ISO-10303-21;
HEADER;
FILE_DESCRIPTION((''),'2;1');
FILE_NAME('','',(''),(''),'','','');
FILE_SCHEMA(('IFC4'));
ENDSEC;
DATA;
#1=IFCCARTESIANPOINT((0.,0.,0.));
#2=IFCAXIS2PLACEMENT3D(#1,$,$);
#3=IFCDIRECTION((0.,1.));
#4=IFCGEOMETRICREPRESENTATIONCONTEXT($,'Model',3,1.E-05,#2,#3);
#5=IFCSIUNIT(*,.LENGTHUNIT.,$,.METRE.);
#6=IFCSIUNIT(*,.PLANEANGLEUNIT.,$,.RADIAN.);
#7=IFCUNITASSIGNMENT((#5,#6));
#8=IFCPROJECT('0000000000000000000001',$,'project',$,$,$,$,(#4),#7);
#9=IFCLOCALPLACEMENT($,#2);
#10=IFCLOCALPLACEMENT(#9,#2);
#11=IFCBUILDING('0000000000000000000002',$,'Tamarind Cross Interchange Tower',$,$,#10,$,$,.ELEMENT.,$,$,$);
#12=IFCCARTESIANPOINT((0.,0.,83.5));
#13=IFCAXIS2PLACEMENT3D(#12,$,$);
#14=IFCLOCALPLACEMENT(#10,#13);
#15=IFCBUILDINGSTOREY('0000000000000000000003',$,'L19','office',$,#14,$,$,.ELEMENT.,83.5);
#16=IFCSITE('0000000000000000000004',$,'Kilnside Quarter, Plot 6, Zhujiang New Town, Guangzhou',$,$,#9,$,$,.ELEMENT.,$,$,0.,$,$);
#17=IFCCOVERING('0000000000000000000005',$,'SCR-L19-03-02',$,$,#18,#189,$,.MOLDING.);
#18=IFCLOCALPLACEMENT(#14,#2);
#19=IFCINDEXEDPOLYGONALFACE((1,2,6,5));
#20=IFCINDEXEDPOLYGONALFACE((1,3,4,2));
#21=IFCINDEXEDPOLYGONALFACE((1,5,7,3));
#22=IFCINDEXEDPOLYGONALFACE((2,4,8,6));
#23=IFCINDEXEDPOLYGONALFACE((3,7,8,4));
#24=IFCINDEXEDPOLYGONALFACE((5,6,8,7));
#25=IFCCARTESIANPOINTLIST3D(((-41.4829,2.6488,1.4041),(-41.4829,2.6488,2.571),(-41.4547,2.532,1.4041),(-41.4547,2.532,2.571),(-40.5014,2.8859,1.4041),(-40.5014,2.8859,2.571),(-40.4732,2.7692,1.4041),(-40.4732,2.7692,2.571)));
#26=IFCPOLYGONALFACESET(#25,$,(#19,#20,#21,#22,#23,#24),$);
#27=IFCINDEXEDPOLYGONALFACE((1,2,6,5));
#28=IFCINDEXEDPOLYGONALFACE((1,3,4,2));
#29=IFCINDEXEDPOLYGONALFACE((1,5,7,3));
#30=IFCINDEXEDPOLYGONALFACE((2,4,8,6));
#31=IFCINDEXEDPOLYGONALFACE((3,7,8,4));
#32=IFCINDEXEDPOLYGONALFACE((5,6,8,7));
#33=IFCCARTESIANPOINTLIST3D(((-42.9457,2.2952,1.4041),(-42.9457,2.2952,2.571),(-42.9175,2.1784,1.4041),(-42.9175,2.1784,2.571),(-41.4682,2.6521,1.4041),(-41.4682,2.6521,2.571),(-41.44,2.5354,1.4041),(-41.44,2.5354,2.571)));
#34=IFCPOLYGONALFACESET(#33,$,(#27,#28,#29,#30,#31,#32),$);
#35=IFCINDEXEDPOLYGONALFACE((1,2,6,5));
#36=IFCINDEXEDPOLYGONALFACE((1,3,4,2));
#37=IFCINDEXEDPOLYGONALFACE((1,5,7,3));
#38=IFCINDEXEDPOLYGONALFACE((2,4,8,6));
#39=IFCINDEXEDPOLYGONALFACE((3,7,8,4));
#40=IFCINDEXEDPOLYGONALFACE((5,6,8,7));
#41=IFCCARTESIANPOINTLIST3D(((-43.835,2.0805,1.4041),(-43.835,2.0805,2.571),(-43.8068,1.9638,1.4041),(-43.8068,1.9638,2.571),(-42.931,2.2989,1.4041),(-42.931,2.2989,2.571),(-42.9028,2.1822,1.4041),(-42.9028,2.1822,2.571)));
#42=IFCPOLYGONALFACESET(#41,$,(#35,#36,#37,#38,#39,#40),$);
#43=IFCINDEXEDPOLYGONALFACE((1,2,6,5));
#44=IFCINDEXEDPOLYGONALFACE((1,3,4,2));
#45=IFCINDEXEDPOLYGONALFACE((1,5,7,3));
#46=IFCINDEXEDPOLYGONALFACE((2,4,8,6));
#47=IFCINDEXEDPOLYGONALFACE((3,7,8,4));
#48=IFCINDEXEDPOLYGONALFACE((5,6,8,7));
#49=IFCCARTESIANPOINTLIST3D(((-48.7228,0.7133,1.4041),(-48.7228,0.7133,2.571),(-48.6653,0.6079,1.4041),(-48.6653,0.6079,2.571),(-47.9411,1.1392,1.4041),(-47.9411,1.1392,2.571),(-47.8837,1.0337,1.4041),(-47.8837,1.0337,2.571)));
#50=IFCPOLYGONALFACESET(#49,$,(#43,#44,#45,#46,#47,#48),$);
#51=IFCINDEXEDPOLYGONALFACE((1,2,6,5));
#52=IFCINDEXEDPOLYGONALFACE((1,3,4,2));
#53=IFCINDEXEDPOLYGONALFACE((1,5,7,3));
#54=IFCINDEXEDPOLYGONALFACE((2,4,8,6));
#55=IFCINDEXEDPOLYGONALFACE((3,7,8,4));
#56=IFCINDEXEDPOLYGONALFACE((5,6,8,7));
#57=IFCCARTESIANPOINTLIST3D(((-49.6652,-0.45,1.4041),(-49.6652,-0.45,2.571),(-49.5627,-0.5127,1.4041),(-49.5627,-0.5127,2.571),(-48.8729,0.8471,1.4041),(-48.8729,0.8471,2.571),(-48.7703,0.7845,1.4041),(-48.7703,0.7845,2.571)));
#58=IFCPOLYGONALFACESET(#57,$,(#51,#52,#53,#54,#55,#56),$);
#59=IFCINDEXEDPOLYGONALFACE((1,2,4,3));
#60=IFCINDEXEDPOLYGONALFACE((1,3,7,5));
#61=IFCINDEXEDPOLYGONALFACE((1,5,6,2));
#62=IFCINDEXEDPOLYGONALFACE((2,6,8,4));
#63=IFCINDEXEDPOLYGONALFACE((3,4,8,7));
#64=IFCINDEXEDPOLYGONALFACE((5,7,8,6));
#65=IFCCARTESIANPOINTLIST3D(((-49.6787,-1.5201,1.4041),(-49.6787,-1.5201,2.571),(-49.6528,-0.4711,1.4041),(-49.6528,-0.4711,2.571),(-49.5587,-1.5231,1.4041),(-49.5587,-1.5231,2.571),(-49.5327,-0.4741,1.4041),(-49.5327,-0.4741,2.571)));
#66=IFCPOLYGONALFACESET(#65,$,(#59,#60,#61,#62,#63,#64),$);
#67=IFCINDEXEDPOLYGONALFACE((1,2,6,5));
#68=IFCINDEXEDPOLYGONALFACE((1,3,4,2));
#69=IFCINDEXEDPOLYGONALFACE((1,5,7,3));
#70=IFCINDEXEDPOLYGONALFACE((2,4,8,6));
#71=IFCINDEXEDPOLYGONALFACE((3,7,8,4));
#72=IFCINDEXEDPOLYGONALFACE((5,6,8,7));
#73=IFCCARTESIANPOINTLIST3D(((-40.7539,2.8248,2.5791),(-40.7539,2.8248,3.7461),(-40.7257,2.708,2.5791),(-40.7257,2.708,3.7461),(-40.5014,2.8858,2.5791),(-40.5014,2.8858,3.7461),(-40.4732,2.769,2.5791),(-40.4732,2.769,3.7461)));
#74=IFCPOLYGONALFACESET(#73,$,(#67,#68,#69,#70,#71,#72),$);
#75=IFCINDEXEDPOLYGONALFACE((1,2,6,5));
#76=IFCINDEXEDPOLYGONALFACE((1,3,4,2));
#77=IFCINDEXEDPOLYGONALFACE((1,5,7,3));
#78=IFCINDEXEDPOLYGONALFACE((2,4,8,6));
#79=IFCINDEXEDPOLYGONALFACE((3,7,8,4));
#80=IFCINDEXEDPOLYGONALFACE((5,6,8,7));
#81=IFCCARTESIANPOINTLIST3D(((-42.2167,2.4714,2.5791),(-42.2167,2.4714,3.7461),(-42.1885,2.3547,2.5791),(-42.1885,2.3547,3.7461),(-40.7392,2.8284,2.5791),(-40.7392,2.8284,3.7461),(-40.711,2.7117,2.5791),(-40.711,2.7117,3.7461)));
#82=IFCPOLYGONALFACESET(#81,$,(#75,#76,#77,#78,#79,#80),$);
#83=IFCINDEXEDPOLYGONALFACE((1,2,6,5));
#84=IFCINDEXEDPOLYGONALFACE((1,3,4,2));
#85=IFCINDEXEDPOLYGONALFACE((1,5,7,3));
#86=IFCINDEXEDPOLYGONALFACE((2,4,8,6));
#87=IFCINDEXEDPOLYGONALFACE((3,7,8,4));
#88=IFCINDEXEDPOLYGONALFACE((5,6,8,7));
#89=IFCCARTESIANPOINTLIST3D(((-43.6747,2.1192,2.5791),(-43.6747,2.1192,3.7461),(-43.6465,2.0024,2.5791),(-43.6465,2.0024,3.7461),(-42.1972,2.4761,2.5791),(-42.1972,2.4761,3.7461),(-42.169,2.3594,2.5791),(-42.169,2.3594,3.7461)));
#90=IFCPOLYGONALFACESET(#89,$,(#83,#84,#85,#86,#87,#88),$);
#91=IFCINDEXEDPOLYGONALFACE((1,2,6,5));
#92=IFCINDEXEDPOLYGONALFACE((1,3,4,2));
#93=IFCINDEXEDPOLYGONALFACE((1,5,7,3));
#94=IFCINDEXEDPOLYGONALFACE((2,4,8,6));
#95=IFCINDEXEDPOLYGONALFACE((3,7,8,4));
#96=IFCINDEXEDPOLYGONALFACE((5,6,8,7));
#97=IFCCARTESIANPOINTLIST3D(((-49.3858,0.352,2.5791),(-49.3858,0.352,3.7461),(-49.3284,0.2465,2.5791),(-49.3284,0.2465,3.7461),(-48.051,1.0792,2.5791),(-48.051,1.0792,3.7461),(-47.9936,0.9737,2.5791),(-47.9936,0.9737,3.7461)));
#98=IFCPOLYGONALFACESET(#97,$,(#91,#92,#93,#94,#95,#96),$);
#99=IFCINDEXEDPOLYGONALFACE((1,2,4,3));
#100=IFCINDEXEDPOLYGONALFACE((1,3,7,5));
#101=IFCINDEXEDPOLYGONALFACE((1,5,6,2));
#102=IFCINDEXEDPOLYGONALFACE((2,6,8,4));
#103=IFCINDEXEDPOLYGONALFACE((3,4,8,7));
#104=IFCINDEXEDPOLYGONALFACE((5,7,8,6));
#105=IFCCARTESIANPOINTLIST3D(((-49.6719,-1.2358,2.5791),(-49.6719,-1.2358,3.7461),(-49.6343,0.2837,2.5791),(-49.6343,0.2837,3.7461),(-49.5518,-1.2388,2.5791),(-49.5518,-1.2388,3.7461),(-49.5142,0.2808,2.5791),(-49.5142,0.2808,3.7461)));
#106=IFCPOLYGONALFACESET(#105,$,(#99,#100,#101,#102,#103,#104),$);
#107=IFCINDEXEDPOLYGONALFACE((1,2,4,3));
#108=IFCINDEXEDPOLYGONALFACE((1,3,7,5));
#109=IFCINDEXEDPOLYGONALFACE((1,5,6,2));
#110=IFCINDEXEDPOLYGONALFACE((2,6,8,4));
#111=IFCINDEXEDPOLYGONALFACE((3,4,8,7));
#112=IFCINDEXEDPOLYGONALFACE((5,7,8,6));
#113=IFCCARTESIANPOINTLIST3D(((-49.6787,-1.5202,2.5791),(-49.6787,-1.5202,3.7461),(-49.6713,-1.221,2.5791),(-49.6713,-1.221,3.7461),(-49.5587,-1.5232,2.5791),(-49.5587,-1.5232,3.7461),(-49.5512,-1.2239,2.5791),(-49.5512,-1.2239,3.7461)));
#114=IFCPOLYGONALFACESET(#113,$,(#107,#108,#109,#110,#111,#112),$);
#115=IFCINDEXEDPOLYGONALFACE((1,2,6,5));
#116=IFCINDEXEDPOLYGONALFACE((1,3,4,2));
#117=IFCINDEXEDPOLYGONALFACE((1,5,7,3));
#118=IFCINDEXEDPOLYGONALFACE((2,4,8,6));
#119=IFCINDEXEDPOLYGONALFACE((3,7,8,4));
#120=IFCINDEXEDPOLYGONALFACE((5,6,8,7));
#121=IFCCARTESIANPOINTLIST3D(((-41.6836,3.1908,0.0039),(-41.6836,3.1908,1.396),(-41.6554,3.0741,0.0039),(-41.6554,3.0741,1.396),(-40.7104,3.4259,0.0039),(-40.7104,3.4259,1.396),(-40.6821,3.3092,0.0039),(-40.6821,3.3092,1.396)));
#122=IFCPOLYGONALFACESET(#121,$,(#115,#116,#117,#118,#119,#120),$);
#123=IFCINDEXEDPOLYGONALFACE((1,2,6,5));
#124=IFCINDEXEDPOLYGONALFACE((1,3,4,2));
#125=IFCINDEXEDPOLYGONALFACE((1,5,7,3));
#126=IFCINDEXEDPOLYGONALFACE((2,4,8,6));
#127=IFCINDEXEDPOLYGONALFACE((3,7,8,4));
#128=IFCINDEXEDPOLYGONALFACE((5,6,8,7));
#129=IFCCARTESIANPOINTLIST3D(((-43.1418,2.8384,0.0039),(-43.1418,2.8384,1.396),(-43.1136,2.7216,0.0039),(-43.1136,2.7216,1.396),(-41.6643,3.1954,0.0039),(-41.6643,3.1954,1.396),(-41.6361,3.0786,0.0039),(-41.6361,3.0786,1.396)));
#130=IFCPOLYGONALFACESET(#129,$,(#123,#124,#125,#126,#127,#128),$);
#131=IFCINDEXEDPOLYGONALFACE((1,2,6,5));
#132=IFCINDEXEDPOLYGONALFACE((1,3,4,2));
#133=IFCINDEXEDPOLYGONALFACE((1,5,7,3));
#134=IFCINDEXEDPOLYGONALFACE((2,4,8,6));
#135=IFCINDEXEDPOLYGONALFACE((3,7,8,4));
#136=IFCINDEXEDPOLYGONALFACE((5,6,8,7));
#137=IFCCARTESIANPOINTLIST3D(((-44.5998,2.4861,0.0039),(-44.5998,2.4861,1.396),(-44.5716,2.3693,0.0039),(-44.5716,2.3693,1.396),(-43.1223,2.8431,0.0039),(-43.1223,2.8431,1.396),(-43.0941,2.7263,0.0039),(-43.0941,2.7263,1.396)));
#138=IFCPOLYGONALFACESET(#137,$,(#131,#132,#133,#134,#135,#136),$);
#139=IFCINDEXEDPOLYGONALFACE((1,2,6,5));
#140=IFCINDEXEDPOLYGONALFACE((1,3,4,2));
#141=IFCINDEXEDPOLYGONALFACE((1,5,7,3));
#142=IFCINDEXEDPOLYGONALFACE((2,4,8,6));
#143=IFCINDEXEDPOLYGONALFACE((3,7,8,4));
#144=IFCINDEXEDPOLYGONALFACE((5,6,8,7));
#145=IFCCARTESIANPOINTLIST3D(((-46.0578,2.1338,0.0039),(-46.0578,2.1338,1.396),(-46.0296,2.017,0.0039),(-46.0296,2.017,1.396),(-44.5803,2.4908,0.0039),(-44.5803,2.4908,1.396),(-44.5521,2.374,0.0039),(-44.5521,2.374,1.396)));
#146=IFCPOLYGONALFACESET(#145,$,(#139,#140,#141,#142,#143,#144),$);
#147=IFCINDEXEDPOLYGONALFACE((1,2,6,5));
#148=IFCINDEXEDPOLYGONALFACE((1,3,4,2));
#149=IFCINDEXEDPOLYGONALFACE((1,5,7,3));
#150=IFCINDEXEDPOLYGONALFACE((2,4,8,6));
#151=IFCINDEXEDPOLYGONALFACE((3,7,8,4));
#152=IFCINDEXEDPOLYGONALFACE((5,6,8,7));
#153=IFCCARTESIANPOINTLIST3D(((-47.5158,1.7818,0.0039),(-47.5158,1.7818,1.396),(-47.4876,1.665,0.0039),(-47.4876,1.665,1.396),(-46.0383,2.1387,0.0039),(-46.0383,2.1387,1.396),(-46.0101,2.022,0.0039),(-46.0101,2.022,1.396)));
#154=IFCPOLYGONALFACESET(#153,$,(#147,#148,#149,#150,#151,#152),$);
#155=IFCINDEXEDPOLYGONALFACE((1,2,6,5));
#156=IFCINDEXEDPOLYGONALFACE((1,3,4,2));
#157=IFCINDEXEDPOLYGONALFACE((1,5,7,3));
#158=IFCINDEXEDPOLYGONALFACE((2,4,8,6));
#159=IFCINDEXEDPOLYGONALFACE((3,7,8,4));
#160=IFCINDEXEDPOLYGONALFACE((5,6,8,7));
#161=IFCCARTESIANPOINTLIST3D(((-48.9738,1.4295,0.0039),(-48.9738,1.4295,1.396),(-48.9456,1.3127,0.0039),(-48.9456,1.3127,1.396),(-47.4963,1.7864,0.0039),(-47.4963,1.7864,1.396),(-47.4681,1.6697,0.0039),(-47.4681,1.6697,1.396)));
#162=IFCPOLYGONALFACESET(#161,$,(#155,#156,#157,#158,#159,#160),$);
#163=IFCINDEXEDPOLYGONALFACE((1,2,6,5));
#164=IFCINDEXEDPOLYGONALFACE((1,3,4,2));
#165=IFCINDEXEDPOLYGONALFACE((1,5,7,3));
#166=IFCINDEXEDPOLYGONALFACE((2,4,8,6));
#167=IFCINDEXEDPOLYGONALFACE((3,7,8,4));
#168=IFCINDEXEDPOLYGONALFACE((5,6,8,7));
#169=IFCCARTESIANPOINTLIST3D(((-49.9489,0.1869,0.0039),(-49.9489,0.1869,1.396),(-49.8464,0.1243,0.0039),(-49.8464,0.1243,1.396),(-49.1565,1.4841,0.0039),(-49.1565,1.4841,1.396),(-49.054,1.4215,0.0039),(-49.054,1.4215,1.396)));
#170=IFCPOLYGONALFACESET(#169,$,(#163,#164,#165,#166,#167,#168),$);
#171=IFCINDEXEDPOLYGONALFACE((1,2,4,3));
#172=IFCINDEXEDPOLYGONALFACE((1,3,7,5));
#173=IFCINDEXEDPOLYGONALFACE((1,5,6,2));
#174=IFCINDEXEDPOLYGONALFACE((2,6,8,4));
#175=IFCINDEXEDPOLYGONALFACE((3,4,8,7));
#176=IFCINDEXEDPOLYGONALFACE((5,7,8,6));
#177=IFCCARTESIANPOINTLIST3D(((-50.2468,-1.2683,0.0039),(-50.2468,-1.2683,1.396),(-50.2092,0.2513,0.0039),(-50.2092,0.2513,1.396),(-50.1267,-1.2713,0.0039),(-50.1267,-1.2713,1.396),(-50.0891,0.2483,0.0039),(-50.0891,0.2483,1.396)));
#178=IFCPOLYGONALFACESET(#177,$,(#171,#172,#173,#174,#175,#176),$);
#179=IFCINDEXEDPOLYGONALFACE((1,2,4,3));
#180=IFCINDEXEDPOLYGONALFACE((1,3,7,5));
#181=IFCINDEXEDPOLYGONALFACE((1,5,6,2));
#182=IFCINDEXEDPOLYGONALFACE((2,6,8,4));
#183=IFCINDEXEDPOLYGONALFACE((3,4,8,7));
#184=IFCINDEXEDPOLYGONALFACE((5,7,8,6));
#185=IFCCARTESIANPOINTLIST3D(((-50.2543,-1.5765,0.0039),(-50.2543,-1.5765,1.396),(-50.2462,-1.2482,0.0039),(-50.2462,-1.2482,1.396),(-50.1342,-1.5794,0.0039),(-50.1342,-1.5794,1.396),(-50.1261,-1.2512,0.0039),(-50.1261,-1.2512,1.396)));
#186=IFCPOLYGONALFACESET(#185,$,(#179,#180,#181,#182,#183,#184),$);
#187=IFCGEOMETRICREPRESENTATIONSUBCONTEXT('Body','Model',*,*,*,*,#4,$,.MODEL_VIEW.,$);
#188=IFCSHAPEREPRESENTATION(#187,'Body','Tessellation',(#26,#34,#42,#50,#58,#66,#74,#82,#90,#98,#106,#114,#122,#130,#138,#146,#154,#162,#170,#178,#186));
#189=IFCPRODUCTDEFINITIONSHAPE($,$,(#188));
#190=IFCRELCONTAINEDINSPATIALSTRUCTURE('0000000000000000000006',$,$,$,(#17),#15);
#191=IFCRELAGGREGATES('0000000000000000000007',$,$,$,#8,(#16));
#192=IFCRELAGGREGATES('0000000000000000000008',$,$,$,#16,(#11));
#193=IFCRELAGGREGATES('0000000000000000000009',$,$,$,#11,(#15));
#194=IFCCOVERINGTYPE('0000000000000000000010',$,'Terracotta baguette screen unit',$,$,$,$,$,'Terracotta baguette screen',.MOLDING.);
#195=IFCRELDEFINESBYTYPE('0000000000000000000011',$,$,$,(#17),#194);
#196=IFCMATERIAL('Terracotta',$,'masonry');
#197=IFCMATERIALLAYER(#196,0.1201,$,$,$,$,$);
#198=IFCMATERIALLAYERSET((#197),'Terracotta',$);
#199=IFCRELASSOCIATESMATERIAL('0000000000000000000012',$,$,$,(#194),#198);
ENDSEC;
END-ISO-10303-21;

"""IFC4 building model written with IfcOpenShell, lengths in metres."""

from ifc_helpers import new_model, si_unit, direction, frame, origin, origin_2d, place, context, subcontext, project, spatial, rectangle, extrude, material, layer, layer_set, type_object, element, save


model = new_model("IFC4")

# Units and contexts
model_context = context("Model", 3, precision=1e-05, world=origin(), true_north=direction((0.0, 1.0)))
body_context = subcontext(model_context, "Body", "Model", "MODEL_VIEW")
ifc_project = project(units=[si_unit("LENGTHUNIT", "METRE"), si_unit("PLANEANGLEUNIT", "RADIAN")], contexts=[model_context])

# Site, building, storey
site_placement = place(None, origin())
site = spatial("IfcSite", under=ifc_project, at=site_placement, Name="Kilnside Quarter, Plot 6, Zhujiang New Town, Guangzhou", CompositionType="ELEMENT", RefElevation=0.0)
building_placement = place(site_placement, origin())
building = spatial("IfcBuilding", under=site, at=building_placement, Name="Tamarind Cross Interchange Tower", CompositionType="ELEMENT")
storey_placement = place(building_placement, frame((0.0, 0.0, 83.5)))
storey = spatial("IfcBuildingStorey", under=building, at=storey_placement, Name="L19", Description="office", CompositionType="ELEMENT", Elevation=83.5)

# Covering
ifc_material_1 = material(Name="Terracotta", Category="masonry")
ifc_layer_1 = layer(ifc_material_1, 0.1201)
ifc_layer_set_1 = layer_set([ifc_layer_1], Name="Terracotta")
covering_type = type_object("IfcCoveringType", Name="Terracotta baguette screen unit", ElementType="Terracotta baguette screen", PredefinedType="MOLDING", material=ifc_layer_set_1)
covering_1_placement = place(storey_placement, origin())
element("IfcCovering", 1, at=covering_1_placement, inside=storey, type_object=covering_type, Name="SCR-L19-03-02", PredefinedType="MOLDING", context=body_context, shape_type="SweptSolid", body=[
    extrude(rectangle(XDim=1.0098, YDim=0.1201, at=origin_2d()), frame((-40.978, 2.709, 1.4041), z_axis=(0.0, 0.0, 1.0), x_axis=(-0.972033, -0.234844, 0.0)), (0.0, 0.0, 1.0), 1.167),
    extrude(rectangle(XDim=1.52, YDim=0.1201, at=origin_2d()), frame((-42.1929, 2.4153, 1.4041), z_axis=(0.0, 0.0, 1.0), x_axis=(-0.972033, -0.234844, 0.0)), (0.0, 0.0, 1.0), 1.167),
    extrude(rectangle(XDim=0.9299, YDim=0.1201, at=origin_2d()), frame((-43.3689, 2.1313, 1.4041), z_axis=(0.0, 0.0, 1.0), x_axis=(-0.972033, -0.234844, 0.0)), (0.0, 0.0, 1.0), 1.167),
    extrude(rectangle(XDim=0.8901, YDim=0.1201, at=origin_2d()), frame((-48.3032, 0.8735, 1.4041), z_axis=(0.0, 0.0, 1.0), x_axis=(-0.87813, -0.478422, 0.0)), (0.0, 0.0, 1.0), 1.167),
    extrude(rectangle(XDim=1.52, YDim=0.1201, at=origin_2d()), frame((-49.2178, 0.1672, 1.4041), z_axis=(0.0, 0.0, 1.0), x_axis=(-0.521272, -0.853391, 0.0)), (0.0, 0.0, 1.0), 1.167),
    extrude(rectangle(XDim=1.0493, YDim=0.1201, at=origin_2d()), frame((-49.6057, -0.9971, 1.4041), z_axis=(0.0, 0.0, 1.0), x_axis=(-0.024739, -0.999694, 0.0)), (0.0, 0.0, 1.0), 1.167),
    extrude(rectangle(XDim=0.2598, YDim=0.1201, at=origin_2d()), frame((-40.6135, 2.7969, 2.5791), z_axis=(0.0, 0.0, 1.0), x_axis=(-0.972033, -0.234844, 0.0)), (0.0, 0.0, 1.0), 1.167),
    extrude(rectangle(XDim=1.52, YDim=0.1201, at=origin_2d()), frame((-41.4639, 2.5916, 2.5791), z_axis=(0.0, 0.0, 1.0), x_axis=(-0.972033, -0.234844, 0.0)), (0.0, 0.0, 1.0), 1.167),
    extrude(rectangle(XDim=1.52, YDim=0.1201, at=origin_2d()), frame((-42.9219, 2.2393, 2.5791), z_axis=(0.0, 0.0, 1.0), x_axis=(-0.972033, -0.234844, 0.0)), (0.0, 0.0, 1.0), 1.167),
    extrude(rectangle(XDim=1.52, YDim=0.1201, at=origin_2d()), frame((-48.6897, 0.6628, 2.5791), z_axis=(0.0, 0.0, 1.0), x_axis=(-0.87813, -0.478422, 0.0)), (0.0, 0.0, 1.0), 1.167),
    extrude(rectangle(XDim=1.52, YDim=0.1201, at=origin_2d()), frame((-49.593, -0.4775, 2.5791), z_axis=(0.0, 0.0, 1.0), x_axis=(-0.024739, -0.999694, 0.0)), (0.0, 0.0, 1.0), 1.167),
    extrude(rectangle(XDim=0.2993, YDim=0.1201, at=origin_2d()), frame((-49.615, -1.3721, 2.5791), z_axis=(0.0, 0.0, 1.0), x_axis=(-0.024739, -0.999694, 0.0)), (0.0, 0.0, 1.0), 1.167),
    extrude(rectangle(XDim=1.0012, YDim=0.1201, at=origin_2d()), frame((-41.1829, 3.25, 0.0039), z_axis=(0.0, 0.0, 1.0), x_axis=(-0.972033, -0.234844, 0.0)), (0.0, 0.0, 1.0), 1.3921),
    extrude(rectangle(XDim=1.52, YDim=0.1201, at=origin_2d()), frame((-42.3889, 2.9585, 0.0039), z_axis=(0.0, 0.0, 1.0), x_axis=(-0.972033, -0.234844, 0.0)), (0.0, 0.0, 1.0), 1.3921),
    extrude(rectangle(XDim=1.52, YDim=0.1201, at=origin_2d()), frame((-43.8469, 2.6062, 0.0039), z_axis=(0.0, 0.0, 1.0), x_axis=(-0.972033, -0.234844, 0.0)), (0.0, 0.0, 1.0), 1.3921),
    extrude(rectangle(XDim=1.52, YDim=0.1201, at=origin_2d()), frame((-45.3049, 2.2539, 0.0039), z_axis=(0.0, 0.0, 1.0), x_axis=(-0.972033, -0.234844, 0.0)), (0.0, 0.0, 1.0), 1.3921),
    extrude(rectangle(XDim=1.52, YDim=0.1201, at=origin_2d()), frame((-46.7629, 1.9019, 0.0039), z_axis=(0.0, 0.0, 1.0), x_axis=(-0.972033, -0.234844, 0.0)), (0.0, 0.0, 1.0), 1.3921),
    extrude(rectangle(XDim=1.52, YDim=0.1201, at=origin_2d()), frame((-48.2209, 1.5496, 0.0039), z_axis=(0.0, 0.0, 1.0), x_axis=(-0.972033, -0.234844, 0.0)), (0.0, 0.0, 1.0), 1.3921),
    extrude(rectangle(XDim=1.52, YDim=0.1201, at=origin_2d()), frame((-49.5015, 0.8042, 0.0039), z_axis=(0.0, 0.0, 1.0), x_axis=(-0.521272, -0.853391, 0.0)), (0.0, 0.0, 1.0), 1.3921),
    extrude(rectangle(XDim=1.52, YDim=0.1201, at=origin_2d()), frame((-50.168, -0.51, 0.0039), z_axis=(0.0, 0.0, 1.0), x_axis=(-0.024739, -0.999694, 0.0)), (0.0, 0.0, 1.0), 1.3921),
    extrude(rectangle(XDim=0.3284, YDim=0.1201, at=origin_2d()), frame((-50.1902, -1.4138, 0.0039), z_axis=(0.0, 0.0, 1.0), x_axis=(-0.024739, -0.999694, 0.0)), (0.0, 0.0, 1.0), 1.3921),
])

save(model, "model.ifc")
